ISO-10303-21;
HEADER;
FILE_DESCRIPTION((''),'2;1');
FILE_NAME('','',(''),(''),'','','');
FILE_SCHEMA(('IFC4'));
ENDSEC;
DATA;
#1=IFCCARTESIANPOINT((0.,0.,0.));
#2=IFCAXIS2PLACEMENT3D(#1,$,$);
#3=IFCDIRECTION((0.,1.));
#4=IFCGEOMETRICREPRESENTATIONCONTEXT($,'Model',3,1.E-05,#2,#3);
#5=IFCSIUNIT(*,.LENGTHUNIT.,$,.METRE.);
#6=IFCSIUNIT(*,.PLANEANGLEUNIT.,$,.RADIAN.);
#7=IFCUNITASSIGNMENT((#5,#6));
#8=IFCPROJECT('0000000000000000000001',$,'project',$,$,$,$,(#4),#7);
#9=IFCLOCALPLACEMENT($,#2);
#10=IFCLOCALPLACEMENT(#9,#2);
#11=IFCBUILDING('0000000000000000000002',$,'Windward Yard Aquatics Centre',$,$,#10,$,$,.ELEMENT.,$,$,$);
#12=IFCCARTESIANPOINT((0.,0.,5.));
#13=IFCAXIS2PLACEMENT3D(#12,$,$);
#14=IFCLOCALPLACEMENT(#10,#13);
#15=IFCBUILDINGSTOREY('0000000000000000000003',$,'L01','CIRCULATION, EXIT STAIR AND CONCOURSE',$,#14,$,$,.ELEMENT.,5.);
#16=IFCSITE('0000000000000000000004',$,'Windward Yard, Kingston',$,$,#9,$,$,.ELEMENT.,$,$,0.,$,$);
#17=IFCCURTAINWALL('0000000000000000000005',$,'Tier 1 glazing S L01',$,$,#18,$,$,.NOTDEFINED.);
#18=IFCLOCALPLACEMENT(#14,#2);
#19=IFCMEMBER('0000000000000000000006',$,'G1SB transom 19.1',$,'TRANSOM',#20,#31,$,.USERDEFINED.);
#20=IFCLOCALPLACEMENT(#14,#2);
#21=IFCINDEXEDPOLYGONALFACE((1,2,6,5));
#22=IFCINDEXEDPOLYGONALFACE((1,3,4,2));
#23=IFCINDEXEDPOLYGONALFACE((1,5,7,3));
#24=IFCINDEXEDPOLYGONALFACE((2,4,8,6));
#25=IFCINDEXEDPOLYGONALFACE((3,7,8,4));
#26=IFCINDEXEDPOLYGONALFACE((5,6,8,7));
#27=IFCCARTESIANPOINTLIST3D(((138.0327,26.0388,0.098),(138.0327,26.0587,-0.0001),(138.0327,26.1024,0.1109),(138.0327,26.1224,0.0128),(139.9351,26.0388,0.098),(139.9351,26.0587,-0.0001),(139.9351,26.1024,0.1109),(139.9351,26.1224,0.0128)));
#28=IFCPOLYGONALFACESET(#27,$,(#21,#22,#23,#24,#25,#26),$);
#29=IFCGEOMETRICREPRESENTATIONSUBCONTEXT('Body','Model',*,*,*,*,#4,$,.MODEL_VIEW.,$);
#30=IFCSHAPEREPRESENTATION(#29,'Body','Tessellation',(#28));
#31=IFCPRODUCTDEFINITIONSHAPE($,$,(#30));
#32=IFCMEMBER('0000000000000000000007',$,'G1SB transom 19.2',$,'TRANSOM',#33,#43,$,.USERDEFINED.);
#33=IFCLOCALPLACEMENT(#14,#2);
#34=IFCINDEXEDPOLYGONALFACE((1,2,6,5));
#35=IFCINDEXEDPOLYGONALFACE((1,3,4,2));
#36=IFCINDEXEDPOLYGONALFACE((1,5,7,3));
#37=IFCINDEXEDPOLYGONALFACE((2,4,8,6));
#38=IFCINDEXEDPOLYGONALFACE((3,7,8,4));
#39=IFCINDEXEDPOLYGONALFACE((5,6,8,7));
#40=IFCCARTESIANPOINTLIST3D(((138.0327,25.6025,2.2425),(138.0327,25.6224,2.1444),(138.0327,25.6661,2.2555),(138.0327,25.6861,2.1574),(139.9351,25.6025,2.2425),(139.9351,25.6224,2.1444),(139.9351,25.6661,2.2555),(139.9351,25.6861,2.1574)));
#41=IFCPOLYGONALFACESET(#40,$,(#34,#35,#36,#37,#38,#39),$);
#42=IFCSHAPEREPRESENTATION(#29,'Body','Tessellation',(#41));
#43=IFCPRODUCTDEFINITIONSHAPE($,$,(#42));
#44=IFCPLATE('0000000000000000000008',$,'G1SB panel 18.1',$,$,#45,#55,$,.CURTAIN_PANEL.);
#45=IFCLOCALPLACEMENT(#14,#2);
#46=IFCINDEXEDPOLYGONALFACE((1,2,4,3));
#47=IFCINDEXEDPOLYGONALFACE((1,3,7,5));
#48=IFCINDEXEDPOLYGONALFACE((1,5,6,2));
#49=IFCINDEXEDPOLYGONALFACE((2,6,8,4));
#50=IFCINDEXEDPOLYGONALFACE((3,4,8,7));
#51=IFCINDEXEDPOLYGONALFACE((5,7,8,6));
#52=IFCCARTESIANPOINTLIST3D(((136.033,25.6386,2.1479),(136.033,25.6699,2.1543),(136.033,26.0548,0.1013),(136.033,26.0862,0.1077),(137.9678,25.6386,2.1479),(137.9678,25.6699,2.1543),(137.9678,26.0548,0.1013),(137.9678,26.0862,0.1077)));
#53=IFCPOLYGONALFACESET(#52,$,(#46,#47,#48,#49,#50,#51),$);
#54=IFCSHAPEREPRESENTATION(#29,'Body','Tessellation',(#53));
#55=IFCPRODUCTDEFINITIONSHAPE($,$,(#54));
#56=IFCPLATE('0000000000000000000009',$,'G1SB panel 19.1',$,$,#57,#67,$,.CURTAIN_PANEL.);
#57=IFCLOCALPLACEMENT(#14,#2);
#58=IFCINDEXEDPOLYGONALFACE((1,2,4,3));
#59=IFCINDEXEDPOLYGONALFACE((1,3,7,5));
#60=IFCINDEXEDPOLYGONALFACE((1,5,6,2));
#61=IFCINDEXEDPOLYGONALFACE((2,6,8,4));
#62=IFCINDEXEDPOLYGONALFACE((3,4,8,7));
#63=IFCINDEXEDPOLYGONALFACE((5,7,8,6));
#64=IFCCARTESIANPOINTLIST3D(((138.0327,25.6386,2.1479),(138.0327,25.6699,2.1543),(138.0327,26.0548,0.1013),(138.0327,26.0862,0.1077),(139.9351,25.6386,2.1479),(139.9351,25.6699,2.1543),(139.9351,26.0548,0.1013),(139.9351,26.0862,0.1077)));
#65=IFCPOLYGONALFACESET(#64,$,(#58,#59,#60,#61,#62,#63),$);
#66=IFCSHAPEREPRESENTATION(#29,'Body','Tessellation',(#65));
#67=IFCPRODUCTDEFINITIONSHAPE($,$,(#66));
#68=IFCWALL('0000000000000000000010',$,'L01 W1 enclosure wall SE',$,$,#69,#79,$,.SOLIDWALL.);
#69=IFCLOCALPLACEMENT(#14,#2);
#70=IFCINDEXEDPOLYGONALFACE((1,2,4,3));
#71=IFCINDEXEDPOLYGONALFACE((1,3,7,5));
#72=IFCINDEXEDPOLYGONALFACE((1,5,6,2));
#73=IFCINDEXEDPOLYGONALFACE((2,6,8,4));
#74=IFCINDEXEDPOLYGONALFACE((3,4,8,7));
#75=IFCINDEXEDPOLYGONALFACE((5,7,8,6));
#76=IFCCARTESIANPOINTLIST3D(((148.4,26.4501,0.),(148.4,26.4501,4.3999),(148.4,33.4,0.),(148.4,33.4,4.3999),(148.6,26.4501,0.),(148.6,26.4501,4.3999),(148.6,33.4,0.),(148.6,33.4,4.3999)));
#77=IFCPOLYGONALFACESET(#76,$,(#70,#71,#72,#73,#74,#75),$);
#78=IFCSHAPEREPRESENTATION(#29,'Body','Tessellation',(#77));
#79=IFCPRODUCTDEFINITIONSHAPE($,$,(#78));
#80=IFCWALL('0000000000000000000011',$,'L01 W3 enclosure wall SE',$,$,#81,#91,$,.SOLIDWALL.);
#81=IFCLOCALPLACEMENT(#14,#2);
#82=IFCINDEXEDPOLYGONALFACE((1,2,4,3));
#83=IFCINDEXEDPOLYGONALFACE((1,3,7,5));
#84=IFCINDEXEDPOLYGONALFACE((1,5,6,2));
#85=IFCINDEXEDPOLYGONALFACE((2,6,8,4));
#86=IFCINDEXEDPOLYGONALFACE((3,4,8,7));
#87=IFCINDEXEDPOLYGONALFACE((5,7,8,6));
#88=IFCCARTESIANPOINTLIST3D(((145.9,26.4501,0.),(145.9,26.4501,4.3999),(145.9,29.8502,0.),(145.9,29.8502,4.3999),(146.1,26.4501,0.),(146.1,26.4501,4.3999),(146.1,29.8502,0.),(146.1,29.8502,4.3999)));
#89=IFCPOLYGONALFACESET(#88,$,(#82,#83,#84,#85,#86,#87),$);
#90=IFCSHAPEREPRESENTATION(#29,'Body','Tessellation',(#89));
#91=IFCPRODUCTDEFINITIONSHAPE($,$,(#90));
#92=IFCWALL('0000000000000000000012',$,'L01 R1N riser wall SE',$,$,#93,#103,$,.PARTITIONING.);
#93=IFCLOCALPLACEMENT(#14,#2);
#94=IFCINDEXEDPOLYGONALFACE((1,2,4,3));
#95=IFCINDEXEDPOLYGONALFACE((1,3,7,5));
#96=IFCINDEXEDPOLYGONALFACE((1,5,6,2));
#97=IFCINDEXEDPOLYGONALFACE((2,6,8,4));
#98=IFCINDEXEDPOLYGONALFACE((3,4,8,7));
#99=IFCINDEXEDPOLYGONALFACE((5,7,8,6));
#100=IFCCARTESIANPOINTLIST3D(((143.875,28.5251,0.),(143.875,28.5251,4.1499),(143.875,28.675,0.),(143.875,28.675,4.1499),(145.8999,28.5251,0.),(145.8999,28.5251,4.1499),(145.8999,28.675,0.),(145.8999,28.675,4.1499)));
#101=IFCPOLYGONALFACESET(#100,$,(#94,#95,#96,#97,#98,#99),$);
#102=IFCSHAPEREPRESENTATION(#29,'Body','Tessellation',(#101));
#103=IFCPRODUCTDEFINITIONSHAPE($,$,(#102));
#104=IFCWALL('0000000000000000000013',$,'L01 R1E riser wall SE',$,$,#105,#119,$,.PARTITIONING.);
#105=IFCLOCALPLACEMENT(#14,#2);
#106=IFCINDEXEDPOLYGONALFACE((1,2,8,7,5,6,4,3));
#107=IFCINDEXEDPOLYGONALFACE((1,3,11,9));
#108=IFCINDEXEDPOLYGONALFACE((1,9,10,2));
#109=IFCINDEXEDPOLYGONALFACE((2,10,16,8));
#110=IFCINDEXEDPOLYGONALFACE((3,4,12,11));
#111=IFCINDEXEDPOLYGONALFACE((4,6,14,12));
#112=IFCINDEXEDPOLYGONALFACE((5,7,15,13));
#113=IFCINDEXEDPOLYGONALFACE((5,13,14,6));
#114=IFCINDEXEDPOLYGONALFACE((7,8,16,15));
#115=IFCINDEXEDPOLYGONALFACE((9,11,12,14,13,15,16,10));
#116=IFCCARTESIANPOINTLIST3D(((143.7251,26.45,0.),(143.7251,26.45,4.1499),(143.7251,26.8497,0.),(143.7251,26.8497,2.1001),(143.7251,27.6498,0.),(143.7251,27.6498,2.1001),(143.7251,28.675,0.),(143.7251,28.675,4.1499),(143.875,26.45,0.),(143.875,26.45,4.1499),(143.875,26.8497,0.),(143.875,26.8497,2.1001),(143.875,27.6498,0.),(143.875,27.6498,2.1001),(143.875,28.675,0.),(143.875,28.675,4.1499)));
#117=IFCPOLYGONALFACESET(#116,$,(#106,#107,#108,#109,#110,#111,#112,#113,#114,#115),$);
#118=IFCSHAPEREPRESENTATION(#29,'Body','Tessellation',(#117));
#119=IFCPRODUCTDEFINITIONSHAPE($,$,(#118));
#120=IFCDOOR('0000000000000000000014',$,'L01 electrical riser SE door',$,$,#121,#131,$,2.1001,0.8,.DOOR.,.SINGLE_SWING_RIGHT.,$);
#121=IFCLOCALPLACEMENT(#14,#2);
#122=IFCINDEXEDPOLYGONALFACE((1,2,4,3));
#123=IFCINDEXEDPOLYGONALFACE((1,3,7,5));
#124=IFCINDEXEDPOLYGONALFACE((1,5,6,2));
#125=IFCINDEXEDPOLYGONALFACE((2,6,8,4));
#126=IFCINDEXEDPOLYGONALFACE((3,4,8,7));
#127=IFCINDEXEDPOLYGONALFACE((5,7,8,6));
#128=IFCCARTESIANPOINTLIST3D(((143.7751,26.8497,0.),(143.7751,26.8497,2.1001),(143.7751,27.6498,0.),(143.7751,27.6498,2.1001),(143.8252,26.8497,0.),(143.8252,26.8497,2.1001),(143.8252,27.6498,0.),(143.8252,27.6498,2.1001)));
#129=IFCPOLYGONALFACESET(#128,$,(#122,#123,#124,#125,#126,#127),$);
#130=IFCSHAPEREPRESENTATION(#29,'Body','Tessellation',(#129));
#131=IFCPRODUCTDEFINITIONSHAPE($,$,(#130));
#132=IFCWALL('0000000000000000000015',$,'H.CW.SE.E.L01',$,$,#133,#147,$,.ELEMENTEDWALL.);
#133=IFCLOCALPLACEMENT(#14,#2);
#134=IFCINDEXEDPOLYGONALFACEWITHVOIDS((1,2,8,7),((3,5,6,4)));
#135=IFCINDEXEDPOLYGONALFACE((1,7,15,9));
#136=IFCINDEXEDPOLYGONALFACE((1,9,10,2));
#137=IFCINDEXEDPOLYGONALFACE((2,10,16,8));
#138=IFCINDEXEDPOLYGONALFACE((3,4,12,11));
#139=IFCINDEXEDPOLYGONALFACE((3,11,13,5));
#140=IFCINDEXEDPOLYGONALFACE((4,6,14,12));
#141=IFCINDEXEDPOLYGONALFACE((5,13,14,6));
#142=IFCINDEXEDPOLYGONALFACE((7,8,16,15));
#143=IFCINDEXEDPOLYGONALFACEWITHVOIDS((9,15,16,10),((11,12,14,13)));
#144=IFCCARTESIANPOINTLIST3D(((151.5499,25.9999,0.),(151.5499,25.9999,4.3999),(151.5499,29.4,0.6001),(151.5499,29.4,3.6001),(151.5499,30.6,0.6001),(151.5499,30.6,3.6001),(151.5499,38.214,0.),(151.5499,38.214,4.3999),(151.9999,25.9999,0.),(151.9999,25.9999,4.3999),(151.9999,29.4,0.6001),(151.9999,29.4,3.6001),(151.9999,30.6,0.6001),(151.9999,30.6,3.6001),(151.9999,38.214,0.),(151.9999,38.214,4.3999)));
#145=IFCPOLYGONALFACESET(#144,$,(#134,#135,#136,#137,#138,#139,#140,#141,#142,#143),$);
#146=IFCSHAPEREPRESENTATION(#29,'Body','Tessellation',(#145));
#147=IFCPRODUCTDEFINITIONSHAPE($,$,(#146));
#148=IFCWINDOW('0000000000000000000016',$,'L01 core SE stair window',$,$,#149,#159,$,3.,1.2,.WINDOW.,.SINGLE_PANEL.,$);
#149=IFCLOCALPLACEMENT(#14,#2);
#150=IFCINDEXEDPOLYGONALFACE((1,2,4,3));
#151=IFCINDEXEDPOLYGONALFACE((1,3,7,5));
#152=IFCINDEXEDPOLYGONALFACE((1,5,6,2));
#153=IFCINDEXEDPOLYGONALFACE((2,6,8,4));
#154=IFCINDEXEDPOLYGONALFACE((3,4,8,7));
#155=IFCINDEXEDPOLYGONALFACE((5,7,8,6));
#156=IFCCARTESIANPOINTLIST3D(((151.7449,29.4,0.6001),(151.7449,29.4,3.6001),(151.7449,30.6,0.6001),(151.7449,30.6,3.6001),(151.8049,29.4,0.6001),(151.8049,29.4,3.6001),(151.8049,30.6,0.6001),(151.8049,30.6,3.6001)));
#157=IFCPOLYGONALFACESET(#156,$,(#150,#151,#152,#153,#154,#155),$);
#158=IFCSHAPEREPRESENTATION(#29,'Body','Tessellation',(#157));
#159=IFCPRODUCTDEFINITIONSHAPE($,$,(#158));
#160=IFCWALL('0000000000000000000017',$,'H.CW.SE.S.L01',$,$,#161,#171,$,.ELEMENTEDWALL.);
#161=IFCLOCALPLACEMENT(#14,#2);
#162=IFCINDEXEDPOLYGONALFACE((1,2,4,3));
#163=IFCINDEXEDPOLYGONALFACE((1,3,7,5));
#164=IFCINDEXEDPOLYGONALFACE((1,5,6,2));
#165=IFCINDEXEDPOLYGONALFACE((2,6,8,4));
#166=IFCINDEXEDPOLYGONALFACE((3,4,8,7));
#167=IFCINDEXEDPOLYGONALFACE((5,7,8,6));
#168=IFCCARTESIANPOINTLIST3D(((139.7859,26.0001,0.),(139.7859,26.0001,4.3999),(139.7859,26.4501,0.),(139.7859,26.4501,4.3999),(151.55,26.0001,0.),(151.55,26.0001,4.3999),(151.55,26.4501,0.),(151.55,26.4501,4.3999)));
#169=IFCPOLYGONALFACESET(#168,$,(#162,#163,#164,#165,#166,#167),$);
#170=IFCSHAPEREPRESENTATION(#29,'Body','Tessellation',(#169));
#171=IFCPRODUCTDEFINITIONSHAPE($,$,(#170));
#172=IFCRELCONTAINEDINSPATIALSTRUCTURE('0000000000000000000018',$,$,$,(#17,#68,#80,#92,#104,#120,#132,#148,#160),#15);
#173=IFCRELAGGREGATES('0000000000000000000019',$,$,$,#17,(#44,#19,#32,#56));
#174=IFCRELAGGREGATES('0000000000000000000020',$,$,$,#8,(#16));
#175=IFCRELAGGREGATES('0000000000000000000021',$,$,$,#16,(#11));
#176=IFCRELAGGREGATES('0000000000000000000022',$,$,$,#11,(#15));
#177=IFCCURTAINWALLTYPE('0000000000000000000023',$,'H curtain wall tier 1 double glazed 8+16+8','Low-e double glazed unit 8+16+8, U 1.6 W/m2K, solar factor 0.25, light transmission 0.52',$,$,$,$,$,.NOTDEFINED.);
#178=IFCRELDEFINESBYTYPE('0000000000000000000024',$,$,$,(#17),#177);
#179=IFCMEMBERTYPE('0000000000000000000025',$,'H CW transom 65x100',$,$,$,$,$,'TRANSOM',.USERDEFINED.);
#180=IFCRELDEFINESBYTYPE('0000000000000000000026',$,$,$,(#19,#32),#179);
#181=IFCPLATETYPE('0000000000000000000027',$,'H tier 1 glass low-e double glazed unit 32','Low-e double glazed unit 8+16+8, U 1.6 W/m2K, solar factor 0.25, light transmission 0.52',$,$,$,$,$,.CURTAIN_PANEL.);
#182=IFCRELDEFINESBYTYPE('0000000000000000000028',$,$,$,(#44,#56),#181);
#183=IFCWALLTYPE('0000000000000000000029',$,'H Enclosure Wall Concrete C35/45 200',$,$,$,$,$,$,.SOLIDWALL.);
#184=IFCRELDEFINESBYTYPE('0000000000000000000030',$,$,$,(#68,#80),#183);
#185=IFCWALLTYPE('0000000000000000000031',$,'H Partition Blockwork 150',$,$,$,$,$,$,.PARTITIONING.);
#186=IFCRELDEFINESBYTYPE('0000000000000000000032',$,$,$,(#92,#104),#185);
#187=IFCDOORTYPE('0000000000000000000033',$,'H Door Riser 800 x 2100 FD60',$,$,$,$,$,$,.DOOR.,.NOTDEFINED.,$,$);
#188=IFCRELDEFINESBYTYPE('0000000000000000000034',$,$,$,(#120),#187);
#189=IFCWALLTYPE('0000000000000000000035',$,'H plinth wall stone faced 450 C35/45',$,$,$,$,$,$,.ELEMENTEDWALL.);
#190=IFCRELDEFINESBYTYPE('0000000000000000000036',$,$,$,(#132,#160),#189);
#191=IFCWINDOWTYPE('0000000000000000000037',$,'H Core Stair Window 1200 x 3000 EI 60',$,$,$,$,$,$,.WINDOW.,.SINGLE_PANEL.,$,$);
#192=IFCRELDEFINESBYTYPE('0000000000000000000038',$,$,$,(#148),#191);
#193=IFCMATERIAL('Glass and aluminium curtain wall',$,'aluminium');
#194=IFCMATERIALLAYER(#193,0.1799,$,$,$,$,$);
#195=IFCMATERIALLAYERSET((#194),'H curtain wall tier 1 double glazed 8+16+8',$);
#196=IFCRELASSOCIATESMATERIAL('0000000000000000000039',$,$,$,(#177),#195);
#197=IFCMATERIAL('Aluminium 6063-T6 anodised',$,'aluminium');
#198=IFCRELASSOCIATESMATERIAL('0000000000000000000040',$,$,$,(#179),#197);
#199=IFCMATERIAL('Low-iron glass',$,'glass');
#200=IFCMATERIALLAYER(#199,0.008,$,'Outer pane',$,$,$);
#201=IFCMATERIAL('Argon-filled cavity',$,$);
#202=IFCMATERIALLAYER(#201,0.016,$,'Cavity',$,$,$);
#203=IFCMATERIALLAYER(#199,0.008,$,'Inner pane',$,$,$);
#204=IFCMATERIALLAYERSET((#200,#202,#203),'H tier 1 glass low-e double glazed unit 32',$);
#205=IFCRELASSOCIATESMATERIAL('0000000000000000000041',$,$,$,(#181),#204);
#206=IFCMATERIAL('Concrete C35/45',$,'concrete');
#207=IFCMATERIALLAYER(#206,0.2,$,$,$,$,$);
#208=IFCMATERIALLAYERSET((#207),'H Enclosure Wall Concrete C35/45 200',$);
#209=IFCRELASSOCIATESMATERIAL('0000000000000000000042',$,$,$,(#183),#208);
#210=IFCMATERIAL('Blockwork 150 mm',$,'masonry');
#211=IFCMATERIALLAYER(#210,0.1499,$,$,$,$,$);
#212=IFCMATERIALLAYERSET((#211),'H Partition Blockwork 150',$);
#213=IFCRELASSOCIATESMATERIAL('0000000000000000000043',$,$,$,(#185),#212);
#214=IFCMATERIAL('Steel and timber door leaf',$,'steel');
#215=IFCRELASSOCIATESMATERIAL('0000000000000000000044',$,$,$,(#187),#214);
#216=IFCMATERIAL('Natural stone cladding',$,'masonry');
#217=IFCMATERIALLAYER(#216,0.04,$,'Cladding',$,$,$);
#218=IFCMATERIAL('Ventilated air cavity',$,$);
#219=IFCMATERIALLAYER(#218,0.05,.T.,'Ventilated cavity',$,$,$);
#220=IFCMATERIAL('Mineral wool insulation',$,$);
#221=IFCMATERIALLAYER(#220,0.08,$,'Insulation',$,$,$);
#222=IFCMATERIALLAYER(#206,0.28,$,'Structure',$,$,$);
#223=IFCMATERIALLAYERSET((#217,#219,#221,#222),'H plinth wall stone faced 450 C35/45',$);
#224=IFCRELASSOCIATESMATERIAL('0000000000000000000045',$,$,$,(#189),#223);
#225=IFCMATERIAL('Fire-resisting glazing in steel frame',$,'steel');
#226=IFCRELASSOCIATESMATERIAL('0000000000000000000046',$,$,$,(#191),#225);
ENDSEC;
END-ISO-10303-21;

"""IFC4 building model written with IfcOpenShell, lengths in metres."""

from ifc_helpers import new_model, si_unit, direction, frame, frame_2d, origin, origin_2d, place, context, subcontext, project, spatial, polyline, rectangle, outline, extrude, material, layer, layer_set, material_profile, profile_set, type_object, element, fill, aggregate, save


model = new_model("IFC4")

# Units and contexts
model_context = context("Model", 3, precision=1e-05, world=origin(), true_north=direction((0.0, 1.0)))
body_context = subcontext(model_context, "Body", "Model", "MODEL_VIEW")
ifc_project = project(units=[si_unit("LENGTHUNIT", "METRE"), si_unit("PLANEANGLEUNIT", "RADIAN")], contexts=[model_context])

# Site, building, storey
site_placement = place(None, origin())
site = spatial("IfcSite", under=ifc_project, at=site_placement, Name="Windward Yard, Kingston", CompositionType="ELEMENT", RefElevation=0.0)
building_placement = place(site_placement, origin())
building = spatial("IfcBuilding", under=site, at=building_placement, Name="Windward Yard Aquatics Centre", CompositionType="ELEMENT")
storey_placement = place(building_placement, frame((0.0, 0.0, 5.0)))
storey = spatial("IfcBuildingStorey", under=building, at=storey_placement, Name="L01", Description="CIRCULATION, EXIT STAIR AND CONCOURSE", CompositionType="ELEMENT", Elevation=5.0)

# Curtain wall, members, plates
ifc_material_1 = material(Name="Glass and aluminium curtain wall", Category="aluminium")
ifc_layer_1 = layer(ifc_material_1, 0.1799)
ifc_layer_set_1 = layer_set([ifc_layer_1], Name="H curtain wall tier 1 double glazed 8+16+8")
curtain_wall_type = type_object("IfcCurtainWallType", Name="H curtain wall tier 1 double glazed 8+16+8", Description="Low-e double glazed unit 8+16+8, U 1.6 W/m2K, solar factor 0.25, light transmission 0.52", PredefinedType="NOTDEFINED", material=ifc_layer_set_1)
curtain_wall_placement = place(storey_placement, origin())
curtain_wall = element("IfcCurtainWall", 1, at=curtain_wall_placement, inside=storey, type_object=curtain_wall_type, Name="Tier 1 glazing S L01", PredefinedType="NOTDEFINED")
ifc_material_2 = material(Name="Aluminium 6063-T6 anodised", Category="aluminium")
ifc_material_profile_1 = material_profile(ifc_material_2, rectangle(XDim=0.0649, YDim=0.1001, at=origin_2d()), Name="H CW transom 65x100")
ifc_profile_set_1 = profile_set([ifc_material_profile_1], Name="Aluminium 6063-T6 anodised")
member_type_1 = type_object("IfcMemberType", Name="H CW transom 65x100", ElementType="TRANSOM", PredefinedType="USERDEFINED", material=ifc_profile_set_1)
member_1_placement = place(storey_placement, frame((138.0327, 26.0806, 0.0554), z_axis=(1.0, 0.0, 0.0), x_axis=(0.0, 0.979925, 0.199368)))
member_1 = element("IfcMember", 2, at=member_1_placement, type_object=member_type_1, Name="G1SB transom 19.1", ObjectType="TRANSOM", PredefinedType="USERDEFINED", context=body_context, shape_type="SweptSolid", body=[
    extrude(rectangle(XDim=0.0649, YDim=0.1001, at=origin_2d()), origin(), (0.0, 0.0, 1.0), 1.9023),
])
member_2_placement = place(storey_placement, frame((138.0327, 25.6443, 2.2), z_axis=(1.0, 0.0, 0.0), x_axis=(0.0, 0.979925, 0.199368)))
member_2 = element("IfcMember", 3, at=member_2_placement, type_object=member_type_1, Name="G1SB transom 19.2", ObjectType="TRANSOM", PredefinedType="USERDEFINED", context=body_context, shape_type="SweptSolid", body=[
    extrude(rectangle(XDim=0.0649, YDim=0.1001, at=origin_2d()), origin(), (0.0, 0.0, 1.0), 1.9023),
])
ifc_material_3 = material(Name="Low-iron glass", Category="glass")
ifc_layer_2 = layer(ifc_material_3, 0.008, Name="Outer pane")
ifc_material_4 = material(Name="Argon-filled cavity")
ifc_layer_3 = layer(ifc_material_4, 0.016, Name="Cavity")
ifc_layer_4 = layer(ifc_material_3, 0.008, Name="Inner pane")
ifc_layer_set_2 = layer_set([ifc_layer_2, ifc_layer_3, ifc_layer_4], Name="H tier 1 glass low-e double glazed unit 32")
plate_type = type_object("IfcPlateType", Name="H tier 1 glass low-e double glazed unit 32", Description="Low-e double glazed unit 8+16+8, U 1.6 W/m2K, solar factor 0.25, light transmission 0.52", PredefinedType="CURTAIN_PANEL", material=ifc_layer_set_2)
plate_1_placement = place(storey_placement, frame((136.033, 25.6699, 2.1543), z_axis=(0.0, 0.979937, 0.199307), x_axis=(0.0, 0.199307, -0.979937)))
plate_1 = element("IfcPlate", 4, at=plate_1_placement, type_object=plate_type, Name="G1SB panel 18.1", PredefinedType="CURTAIN_PANEL", context=body_context, shape_type="SweptSolid", body=[
    extrude(outline(polyline([(0.0, 0.0), (2.0885, 0.0), (2.0885, -1.9348), (0.0, -1.9348), (0.0, 0.0)])), origin(), (0.0, 0.0, -1.0), 0.032),
])
plate_2_placement = place(storey_placement, frame((138.0327, 25.6699, 2.1543), z_axis=(0.0, 0.979937, 0.199307), x_axis=(0.0, 0.199307, -0.979937)))
plate_2 = element("IfcPlate", 5, at=plate_2_placement, type_object=plate_type, Name="G1SB panel 19.1", PredefinedType="CURTAIN_PANEL", context=body_context, shape_type="SweptSolid", body=[
    extrude(outline(polyline([(0.0, 0.0), (2.0885, 0.0), (2.0885, -1.9023), (0.0, -1.9023), (0.0, 0.0)])), origin(), (0.0, 0.0, -1.0), 0.032),
])
aggregate(curtain_wall, [plate_1, member_1, member_2, plate_2])

# Walls
ifc_material_5 = material(Name="Concrete C35/45", Category="concrete")
ifc_layer_5 = layer(ifc_material_5, 0.2)
ifc_layer_set_3 = layer_set([ifc_layer_5], Name="H Enclosure Wall Concrete C35/45 200")
wall_type_1 = type_object("IfcWallType", Name="H Enclosure Wall Concrete C35/45 200", PredefinedType="SOLIDWALL", material=ifc_layer_set_3)
wall_1_placement = place(storey_placement, frame((148.5, 26.45, 0.0), z_axis=(0.0, 0.0, 1.0), x_axis=(0.0, 1.0, 0.0)))
element("IfcWall", 6, at=wall_1_placement, inside=storey, type_object=wall_type_1, Name="L01 W1 enclosure wall SE", PredefinedType="SOLIDWALL", context=body_context, shape_type="SweptSolid", body=[
    extrude(rectangle(XDim=6.95, YDim=0.2, at=frame_2d((3.4751, 0.0))), origin(), (0.0, 0.0, 1.0), 4.3999),
])
wall_2_placement = place(storey_placement, frame((146.0, 26.45, 0.0), z_axis=(0.0, 0.0, 1.0), x_axis=(0.0, 1.0, 0.0)))
element("IfcWall", 7, at=wall_2_placement, inside=storey, type_object=wall_type_1, Name="L01 W3 enclosure wall SE", PredefinedType="SOLIDWALL", context=body_context, shape_type="SweptSolid", body=[
    extrude(rectangle(XDim=3.4001, YDim=0.2, at=frame_2d((1.7002, 0.0))), origin(), (0.0, 0.0, 1.0), 4.3999),
])
ifc_material_6 = material(Name="Blockwork 150 mm", Category="masonry")
ifc_layer_6 = layer(ifc_material_6, 0.1499)
ifc_layer_set_4 = layer_set([ifc_layer_6], Name="H Partition Blockwork 150")
wall_type_2 = type_object("IfcWallType", Name="H Partition Blockwork 150", PredefinedType="PARTITIONING", material=ifc_layer_set_4)
wall_3_placement = place(storey_placement, frame((145.8999, 28.6001, 0.0), z_axis=(0.0, 0.0, 1.0), x_axis=(-1.0, 0.0, 0.0)))
element("IfcWall", 8, at=wall_3_placement, inside=storey, type_object=wall_type_2, Name="L01 R1N riser wall SE", PredefinedType="PARTITIONING", context=body_context, shape_type="SweptSolid", body=[
    extrude(rectangle(XDim=2.0249, YDim=0.1499, at=frame_2d((1.0125, 0.0))), origin(), (0.0, 0.0, 1.0), 4.1499),
])

# Wall, opening, door
wall_4_placement = place(storey_placement, frame((143.8, 26.45, 0.0), z_axis=(0.0, 0.0, 1.0), x_axis=(0.0, 1.0, 0.0)))
wall_4 = element("IfcWall", 9, at=wall_4_placement, inside=storey, type_object=wall_type_2, Name="L01 R1E riser wall SE", PredefinedType="PARTITIONING", context=body_context, shape_type="SweptSolid", body=[
    extrude(rectangle(XDim=2.2251, YDim=0.1499, at=frame_2d((1.1125, 0.0))), origin(), (0.0, 0.0, 1.0), 4.1499),
])
opening_1_placement = place(wall_4_placement, frame((0.3999, 0.0, 0.0)))
opening_1 = element("IfcOpeningElement", 10, at=opening_1_placement, cuts=wall_4, PredefinedType="OPENING", context=body_context, shape_type="SweptSolid", body=[
    extrude(rectangle(XDim=0.8, YDim=2.1001, at=frame_2d((0.3999, 1.05))), frame((0.0, 0.085, 0.0), z_axis=(0.0, -1.0, 0.0), x_axis=(1.0, 0.0, 0.0)), (0.0, 0.0, 1.0), 0.1699),
])
ifc_material_7 = material(Name="Steel and timber door leaf", Category="steel")
door_type_1 = type_object("IfcDoorType", Name="H Door Riser 800 x 2100 FD60", OperationType="NOTDEFINED", PredefinedType="DOOR", material=ifc_material_7)
door_1_placement = place(opening_1_placement, origin())
door_1 = element("IfcDoor", 11, at=door_1_placement, inside=storey, type_object=door_type_1, Name="L01 electrical riser SE door", OperationType="SINGLE_SWING_RIGHT", OverallHeight=2.1001, OverallWidth=0.8, PredefinedType="DOOR", context=body_context, shape_type="SweptSolid", body=[
    extrude(rectangle(XDim=0.8, YDim=2.1001, at=frame_2d((0.3999, 1.05))), frame((0.0, 0.0249, 0.0), z_axis=(0.0, -1.0, 0.0), x_axis=(1.0, 0.0, 0.0)), (0.0, 0.0, 1.0), 0.05),
])
fill(opening_1, door_1)

# Wall, opening, window
ifc_material_8 = material(Name="Natural stone cladding", Category="masonry")
ifc_layer_7 = layer(ifc_material_8, 0.04, Name="Cladding")
ifc_material_9 = material(Name="Ventilated air cavity")
ifc_layer_8 = layer(ifc_material_9, 0.05, ventilated=True, Name="Ventilated cavity")
ifc_material_10 = material(Name="Mineral wool insulation")
ifc_layer_9 = layer(ifc_material_10, 0.08, Name="Insulation")
ifc_layer_10 = layer(ifc_material_5, 0.28, Name="Structure")
ifc_layer_set_5 = layer_set([ifc_layer_7, ifc_layer_8, ifc_layer_9, ifc_layer_10], Name="H plinth wall stone faced 450 C35/45")
wall_type_3 = type_object("IfcWallType", Name="H plinth wall stone faced 450 C35/45", PredefinedType="ELEMENTEDWALL", material=ifc_layer_set_5)
wall_5_placement = place(storey_placement, frame((151.7749, 26.0, 0.0), z_axis=(0.0, 0.0, 1.0), x_axis=(0.0, 1.0, 0.0)))
wall_5 = element("IfcWall", 12, at=wall_5_placement, inside=storey, type_object=wall_type_3, Name="H.CW.SE.E.L01", PredefinedType="ELEMENTEDWALL", context=body_context, shape_type="SweptSolid", body=[
    extrude(rectangle(XDim=12.2141, YDim=0.45, at=frame_2d((6.1069, 0.0))), origin(), (0.0, 0.0, 1.0), 4.3999),
])
opening_2_placement = place(wall_5_placement, frame((3.3999, 0.0, 0.6001)))
opening_2 = element("IfcOpeningElement", 13, at=opening_2_placement, cuts=wall_5, PredefinedType="OPENING", context=body_context, shape_type="SweptSolid", body=[
    extrude(rectangle(XDim=1.2, YDim=3.0, at=frame_2d((0.6001, 1.5))), frame((0.0, 0.2349, 0.0), z_axis=(0.0, -1.0, 0.0), x_axis=(1.0, 0.0, 0.0)), (0.0, 0.0, 1.0), 0.47),
])
ifc_material_11 = material(Name="Fire-resisting glazing in steel frame", Category="steel")
window_type = type_object("IfcWindowType", Name="H Core Stair Window 1200 x 3000 EI 60", PartitioningType="SINGLE_PANEL", PredefinedType="WINDOW", material=ifc_material_11)
window_placement = place(opening_2_placement, origin())
window = element("IfcWindow", 14, at=window_placement, inside=storey, type_object=window_type, Name="L01 core SE stair window", OverallHeight=3.0, OverallWidth=1.2, PartitioningType="SINGLE_PANEL", PredefinedType="WINDOW", context=body_context, shape_type="SweptSolid", body=[
    extrude(rectangle(XDim=1.2, YDim=3.0, at=frame_2d((0.6001, 1.5))), frame((0.0, 0.03, 0.0), z_axis=(0.0, -1.0, 0.0), x_axis=(1.0, 0.0, 0.0)), (0.0, 0.0, 1.0), 0.0601),
])
fill(opening_2, window)

# Wall
wall_6_placement = place(storey_placement, frame((151.55, 26.2251, 0.0), z_axis=(0.0, 0.0, 1.0), x_axis=(-1.0, 0.0, 0.0)))
element("IfcWall", 15, at=wall_6_placement, inside=storey, type_object=wall_type_3, Name="H.CW.SE.S.L01", PredefinedType="ELEMENTEDWALL", context=body_context, shape_type="SweptSolid", body=[
    extrude(rectangle(XDim=11.7642, YDim=0.45, at=frame_2d((5.8821, 0.0))), origin(), (0.0, 0.0, 1.0), 4.3999),
])

save(model, "model.ifc")
